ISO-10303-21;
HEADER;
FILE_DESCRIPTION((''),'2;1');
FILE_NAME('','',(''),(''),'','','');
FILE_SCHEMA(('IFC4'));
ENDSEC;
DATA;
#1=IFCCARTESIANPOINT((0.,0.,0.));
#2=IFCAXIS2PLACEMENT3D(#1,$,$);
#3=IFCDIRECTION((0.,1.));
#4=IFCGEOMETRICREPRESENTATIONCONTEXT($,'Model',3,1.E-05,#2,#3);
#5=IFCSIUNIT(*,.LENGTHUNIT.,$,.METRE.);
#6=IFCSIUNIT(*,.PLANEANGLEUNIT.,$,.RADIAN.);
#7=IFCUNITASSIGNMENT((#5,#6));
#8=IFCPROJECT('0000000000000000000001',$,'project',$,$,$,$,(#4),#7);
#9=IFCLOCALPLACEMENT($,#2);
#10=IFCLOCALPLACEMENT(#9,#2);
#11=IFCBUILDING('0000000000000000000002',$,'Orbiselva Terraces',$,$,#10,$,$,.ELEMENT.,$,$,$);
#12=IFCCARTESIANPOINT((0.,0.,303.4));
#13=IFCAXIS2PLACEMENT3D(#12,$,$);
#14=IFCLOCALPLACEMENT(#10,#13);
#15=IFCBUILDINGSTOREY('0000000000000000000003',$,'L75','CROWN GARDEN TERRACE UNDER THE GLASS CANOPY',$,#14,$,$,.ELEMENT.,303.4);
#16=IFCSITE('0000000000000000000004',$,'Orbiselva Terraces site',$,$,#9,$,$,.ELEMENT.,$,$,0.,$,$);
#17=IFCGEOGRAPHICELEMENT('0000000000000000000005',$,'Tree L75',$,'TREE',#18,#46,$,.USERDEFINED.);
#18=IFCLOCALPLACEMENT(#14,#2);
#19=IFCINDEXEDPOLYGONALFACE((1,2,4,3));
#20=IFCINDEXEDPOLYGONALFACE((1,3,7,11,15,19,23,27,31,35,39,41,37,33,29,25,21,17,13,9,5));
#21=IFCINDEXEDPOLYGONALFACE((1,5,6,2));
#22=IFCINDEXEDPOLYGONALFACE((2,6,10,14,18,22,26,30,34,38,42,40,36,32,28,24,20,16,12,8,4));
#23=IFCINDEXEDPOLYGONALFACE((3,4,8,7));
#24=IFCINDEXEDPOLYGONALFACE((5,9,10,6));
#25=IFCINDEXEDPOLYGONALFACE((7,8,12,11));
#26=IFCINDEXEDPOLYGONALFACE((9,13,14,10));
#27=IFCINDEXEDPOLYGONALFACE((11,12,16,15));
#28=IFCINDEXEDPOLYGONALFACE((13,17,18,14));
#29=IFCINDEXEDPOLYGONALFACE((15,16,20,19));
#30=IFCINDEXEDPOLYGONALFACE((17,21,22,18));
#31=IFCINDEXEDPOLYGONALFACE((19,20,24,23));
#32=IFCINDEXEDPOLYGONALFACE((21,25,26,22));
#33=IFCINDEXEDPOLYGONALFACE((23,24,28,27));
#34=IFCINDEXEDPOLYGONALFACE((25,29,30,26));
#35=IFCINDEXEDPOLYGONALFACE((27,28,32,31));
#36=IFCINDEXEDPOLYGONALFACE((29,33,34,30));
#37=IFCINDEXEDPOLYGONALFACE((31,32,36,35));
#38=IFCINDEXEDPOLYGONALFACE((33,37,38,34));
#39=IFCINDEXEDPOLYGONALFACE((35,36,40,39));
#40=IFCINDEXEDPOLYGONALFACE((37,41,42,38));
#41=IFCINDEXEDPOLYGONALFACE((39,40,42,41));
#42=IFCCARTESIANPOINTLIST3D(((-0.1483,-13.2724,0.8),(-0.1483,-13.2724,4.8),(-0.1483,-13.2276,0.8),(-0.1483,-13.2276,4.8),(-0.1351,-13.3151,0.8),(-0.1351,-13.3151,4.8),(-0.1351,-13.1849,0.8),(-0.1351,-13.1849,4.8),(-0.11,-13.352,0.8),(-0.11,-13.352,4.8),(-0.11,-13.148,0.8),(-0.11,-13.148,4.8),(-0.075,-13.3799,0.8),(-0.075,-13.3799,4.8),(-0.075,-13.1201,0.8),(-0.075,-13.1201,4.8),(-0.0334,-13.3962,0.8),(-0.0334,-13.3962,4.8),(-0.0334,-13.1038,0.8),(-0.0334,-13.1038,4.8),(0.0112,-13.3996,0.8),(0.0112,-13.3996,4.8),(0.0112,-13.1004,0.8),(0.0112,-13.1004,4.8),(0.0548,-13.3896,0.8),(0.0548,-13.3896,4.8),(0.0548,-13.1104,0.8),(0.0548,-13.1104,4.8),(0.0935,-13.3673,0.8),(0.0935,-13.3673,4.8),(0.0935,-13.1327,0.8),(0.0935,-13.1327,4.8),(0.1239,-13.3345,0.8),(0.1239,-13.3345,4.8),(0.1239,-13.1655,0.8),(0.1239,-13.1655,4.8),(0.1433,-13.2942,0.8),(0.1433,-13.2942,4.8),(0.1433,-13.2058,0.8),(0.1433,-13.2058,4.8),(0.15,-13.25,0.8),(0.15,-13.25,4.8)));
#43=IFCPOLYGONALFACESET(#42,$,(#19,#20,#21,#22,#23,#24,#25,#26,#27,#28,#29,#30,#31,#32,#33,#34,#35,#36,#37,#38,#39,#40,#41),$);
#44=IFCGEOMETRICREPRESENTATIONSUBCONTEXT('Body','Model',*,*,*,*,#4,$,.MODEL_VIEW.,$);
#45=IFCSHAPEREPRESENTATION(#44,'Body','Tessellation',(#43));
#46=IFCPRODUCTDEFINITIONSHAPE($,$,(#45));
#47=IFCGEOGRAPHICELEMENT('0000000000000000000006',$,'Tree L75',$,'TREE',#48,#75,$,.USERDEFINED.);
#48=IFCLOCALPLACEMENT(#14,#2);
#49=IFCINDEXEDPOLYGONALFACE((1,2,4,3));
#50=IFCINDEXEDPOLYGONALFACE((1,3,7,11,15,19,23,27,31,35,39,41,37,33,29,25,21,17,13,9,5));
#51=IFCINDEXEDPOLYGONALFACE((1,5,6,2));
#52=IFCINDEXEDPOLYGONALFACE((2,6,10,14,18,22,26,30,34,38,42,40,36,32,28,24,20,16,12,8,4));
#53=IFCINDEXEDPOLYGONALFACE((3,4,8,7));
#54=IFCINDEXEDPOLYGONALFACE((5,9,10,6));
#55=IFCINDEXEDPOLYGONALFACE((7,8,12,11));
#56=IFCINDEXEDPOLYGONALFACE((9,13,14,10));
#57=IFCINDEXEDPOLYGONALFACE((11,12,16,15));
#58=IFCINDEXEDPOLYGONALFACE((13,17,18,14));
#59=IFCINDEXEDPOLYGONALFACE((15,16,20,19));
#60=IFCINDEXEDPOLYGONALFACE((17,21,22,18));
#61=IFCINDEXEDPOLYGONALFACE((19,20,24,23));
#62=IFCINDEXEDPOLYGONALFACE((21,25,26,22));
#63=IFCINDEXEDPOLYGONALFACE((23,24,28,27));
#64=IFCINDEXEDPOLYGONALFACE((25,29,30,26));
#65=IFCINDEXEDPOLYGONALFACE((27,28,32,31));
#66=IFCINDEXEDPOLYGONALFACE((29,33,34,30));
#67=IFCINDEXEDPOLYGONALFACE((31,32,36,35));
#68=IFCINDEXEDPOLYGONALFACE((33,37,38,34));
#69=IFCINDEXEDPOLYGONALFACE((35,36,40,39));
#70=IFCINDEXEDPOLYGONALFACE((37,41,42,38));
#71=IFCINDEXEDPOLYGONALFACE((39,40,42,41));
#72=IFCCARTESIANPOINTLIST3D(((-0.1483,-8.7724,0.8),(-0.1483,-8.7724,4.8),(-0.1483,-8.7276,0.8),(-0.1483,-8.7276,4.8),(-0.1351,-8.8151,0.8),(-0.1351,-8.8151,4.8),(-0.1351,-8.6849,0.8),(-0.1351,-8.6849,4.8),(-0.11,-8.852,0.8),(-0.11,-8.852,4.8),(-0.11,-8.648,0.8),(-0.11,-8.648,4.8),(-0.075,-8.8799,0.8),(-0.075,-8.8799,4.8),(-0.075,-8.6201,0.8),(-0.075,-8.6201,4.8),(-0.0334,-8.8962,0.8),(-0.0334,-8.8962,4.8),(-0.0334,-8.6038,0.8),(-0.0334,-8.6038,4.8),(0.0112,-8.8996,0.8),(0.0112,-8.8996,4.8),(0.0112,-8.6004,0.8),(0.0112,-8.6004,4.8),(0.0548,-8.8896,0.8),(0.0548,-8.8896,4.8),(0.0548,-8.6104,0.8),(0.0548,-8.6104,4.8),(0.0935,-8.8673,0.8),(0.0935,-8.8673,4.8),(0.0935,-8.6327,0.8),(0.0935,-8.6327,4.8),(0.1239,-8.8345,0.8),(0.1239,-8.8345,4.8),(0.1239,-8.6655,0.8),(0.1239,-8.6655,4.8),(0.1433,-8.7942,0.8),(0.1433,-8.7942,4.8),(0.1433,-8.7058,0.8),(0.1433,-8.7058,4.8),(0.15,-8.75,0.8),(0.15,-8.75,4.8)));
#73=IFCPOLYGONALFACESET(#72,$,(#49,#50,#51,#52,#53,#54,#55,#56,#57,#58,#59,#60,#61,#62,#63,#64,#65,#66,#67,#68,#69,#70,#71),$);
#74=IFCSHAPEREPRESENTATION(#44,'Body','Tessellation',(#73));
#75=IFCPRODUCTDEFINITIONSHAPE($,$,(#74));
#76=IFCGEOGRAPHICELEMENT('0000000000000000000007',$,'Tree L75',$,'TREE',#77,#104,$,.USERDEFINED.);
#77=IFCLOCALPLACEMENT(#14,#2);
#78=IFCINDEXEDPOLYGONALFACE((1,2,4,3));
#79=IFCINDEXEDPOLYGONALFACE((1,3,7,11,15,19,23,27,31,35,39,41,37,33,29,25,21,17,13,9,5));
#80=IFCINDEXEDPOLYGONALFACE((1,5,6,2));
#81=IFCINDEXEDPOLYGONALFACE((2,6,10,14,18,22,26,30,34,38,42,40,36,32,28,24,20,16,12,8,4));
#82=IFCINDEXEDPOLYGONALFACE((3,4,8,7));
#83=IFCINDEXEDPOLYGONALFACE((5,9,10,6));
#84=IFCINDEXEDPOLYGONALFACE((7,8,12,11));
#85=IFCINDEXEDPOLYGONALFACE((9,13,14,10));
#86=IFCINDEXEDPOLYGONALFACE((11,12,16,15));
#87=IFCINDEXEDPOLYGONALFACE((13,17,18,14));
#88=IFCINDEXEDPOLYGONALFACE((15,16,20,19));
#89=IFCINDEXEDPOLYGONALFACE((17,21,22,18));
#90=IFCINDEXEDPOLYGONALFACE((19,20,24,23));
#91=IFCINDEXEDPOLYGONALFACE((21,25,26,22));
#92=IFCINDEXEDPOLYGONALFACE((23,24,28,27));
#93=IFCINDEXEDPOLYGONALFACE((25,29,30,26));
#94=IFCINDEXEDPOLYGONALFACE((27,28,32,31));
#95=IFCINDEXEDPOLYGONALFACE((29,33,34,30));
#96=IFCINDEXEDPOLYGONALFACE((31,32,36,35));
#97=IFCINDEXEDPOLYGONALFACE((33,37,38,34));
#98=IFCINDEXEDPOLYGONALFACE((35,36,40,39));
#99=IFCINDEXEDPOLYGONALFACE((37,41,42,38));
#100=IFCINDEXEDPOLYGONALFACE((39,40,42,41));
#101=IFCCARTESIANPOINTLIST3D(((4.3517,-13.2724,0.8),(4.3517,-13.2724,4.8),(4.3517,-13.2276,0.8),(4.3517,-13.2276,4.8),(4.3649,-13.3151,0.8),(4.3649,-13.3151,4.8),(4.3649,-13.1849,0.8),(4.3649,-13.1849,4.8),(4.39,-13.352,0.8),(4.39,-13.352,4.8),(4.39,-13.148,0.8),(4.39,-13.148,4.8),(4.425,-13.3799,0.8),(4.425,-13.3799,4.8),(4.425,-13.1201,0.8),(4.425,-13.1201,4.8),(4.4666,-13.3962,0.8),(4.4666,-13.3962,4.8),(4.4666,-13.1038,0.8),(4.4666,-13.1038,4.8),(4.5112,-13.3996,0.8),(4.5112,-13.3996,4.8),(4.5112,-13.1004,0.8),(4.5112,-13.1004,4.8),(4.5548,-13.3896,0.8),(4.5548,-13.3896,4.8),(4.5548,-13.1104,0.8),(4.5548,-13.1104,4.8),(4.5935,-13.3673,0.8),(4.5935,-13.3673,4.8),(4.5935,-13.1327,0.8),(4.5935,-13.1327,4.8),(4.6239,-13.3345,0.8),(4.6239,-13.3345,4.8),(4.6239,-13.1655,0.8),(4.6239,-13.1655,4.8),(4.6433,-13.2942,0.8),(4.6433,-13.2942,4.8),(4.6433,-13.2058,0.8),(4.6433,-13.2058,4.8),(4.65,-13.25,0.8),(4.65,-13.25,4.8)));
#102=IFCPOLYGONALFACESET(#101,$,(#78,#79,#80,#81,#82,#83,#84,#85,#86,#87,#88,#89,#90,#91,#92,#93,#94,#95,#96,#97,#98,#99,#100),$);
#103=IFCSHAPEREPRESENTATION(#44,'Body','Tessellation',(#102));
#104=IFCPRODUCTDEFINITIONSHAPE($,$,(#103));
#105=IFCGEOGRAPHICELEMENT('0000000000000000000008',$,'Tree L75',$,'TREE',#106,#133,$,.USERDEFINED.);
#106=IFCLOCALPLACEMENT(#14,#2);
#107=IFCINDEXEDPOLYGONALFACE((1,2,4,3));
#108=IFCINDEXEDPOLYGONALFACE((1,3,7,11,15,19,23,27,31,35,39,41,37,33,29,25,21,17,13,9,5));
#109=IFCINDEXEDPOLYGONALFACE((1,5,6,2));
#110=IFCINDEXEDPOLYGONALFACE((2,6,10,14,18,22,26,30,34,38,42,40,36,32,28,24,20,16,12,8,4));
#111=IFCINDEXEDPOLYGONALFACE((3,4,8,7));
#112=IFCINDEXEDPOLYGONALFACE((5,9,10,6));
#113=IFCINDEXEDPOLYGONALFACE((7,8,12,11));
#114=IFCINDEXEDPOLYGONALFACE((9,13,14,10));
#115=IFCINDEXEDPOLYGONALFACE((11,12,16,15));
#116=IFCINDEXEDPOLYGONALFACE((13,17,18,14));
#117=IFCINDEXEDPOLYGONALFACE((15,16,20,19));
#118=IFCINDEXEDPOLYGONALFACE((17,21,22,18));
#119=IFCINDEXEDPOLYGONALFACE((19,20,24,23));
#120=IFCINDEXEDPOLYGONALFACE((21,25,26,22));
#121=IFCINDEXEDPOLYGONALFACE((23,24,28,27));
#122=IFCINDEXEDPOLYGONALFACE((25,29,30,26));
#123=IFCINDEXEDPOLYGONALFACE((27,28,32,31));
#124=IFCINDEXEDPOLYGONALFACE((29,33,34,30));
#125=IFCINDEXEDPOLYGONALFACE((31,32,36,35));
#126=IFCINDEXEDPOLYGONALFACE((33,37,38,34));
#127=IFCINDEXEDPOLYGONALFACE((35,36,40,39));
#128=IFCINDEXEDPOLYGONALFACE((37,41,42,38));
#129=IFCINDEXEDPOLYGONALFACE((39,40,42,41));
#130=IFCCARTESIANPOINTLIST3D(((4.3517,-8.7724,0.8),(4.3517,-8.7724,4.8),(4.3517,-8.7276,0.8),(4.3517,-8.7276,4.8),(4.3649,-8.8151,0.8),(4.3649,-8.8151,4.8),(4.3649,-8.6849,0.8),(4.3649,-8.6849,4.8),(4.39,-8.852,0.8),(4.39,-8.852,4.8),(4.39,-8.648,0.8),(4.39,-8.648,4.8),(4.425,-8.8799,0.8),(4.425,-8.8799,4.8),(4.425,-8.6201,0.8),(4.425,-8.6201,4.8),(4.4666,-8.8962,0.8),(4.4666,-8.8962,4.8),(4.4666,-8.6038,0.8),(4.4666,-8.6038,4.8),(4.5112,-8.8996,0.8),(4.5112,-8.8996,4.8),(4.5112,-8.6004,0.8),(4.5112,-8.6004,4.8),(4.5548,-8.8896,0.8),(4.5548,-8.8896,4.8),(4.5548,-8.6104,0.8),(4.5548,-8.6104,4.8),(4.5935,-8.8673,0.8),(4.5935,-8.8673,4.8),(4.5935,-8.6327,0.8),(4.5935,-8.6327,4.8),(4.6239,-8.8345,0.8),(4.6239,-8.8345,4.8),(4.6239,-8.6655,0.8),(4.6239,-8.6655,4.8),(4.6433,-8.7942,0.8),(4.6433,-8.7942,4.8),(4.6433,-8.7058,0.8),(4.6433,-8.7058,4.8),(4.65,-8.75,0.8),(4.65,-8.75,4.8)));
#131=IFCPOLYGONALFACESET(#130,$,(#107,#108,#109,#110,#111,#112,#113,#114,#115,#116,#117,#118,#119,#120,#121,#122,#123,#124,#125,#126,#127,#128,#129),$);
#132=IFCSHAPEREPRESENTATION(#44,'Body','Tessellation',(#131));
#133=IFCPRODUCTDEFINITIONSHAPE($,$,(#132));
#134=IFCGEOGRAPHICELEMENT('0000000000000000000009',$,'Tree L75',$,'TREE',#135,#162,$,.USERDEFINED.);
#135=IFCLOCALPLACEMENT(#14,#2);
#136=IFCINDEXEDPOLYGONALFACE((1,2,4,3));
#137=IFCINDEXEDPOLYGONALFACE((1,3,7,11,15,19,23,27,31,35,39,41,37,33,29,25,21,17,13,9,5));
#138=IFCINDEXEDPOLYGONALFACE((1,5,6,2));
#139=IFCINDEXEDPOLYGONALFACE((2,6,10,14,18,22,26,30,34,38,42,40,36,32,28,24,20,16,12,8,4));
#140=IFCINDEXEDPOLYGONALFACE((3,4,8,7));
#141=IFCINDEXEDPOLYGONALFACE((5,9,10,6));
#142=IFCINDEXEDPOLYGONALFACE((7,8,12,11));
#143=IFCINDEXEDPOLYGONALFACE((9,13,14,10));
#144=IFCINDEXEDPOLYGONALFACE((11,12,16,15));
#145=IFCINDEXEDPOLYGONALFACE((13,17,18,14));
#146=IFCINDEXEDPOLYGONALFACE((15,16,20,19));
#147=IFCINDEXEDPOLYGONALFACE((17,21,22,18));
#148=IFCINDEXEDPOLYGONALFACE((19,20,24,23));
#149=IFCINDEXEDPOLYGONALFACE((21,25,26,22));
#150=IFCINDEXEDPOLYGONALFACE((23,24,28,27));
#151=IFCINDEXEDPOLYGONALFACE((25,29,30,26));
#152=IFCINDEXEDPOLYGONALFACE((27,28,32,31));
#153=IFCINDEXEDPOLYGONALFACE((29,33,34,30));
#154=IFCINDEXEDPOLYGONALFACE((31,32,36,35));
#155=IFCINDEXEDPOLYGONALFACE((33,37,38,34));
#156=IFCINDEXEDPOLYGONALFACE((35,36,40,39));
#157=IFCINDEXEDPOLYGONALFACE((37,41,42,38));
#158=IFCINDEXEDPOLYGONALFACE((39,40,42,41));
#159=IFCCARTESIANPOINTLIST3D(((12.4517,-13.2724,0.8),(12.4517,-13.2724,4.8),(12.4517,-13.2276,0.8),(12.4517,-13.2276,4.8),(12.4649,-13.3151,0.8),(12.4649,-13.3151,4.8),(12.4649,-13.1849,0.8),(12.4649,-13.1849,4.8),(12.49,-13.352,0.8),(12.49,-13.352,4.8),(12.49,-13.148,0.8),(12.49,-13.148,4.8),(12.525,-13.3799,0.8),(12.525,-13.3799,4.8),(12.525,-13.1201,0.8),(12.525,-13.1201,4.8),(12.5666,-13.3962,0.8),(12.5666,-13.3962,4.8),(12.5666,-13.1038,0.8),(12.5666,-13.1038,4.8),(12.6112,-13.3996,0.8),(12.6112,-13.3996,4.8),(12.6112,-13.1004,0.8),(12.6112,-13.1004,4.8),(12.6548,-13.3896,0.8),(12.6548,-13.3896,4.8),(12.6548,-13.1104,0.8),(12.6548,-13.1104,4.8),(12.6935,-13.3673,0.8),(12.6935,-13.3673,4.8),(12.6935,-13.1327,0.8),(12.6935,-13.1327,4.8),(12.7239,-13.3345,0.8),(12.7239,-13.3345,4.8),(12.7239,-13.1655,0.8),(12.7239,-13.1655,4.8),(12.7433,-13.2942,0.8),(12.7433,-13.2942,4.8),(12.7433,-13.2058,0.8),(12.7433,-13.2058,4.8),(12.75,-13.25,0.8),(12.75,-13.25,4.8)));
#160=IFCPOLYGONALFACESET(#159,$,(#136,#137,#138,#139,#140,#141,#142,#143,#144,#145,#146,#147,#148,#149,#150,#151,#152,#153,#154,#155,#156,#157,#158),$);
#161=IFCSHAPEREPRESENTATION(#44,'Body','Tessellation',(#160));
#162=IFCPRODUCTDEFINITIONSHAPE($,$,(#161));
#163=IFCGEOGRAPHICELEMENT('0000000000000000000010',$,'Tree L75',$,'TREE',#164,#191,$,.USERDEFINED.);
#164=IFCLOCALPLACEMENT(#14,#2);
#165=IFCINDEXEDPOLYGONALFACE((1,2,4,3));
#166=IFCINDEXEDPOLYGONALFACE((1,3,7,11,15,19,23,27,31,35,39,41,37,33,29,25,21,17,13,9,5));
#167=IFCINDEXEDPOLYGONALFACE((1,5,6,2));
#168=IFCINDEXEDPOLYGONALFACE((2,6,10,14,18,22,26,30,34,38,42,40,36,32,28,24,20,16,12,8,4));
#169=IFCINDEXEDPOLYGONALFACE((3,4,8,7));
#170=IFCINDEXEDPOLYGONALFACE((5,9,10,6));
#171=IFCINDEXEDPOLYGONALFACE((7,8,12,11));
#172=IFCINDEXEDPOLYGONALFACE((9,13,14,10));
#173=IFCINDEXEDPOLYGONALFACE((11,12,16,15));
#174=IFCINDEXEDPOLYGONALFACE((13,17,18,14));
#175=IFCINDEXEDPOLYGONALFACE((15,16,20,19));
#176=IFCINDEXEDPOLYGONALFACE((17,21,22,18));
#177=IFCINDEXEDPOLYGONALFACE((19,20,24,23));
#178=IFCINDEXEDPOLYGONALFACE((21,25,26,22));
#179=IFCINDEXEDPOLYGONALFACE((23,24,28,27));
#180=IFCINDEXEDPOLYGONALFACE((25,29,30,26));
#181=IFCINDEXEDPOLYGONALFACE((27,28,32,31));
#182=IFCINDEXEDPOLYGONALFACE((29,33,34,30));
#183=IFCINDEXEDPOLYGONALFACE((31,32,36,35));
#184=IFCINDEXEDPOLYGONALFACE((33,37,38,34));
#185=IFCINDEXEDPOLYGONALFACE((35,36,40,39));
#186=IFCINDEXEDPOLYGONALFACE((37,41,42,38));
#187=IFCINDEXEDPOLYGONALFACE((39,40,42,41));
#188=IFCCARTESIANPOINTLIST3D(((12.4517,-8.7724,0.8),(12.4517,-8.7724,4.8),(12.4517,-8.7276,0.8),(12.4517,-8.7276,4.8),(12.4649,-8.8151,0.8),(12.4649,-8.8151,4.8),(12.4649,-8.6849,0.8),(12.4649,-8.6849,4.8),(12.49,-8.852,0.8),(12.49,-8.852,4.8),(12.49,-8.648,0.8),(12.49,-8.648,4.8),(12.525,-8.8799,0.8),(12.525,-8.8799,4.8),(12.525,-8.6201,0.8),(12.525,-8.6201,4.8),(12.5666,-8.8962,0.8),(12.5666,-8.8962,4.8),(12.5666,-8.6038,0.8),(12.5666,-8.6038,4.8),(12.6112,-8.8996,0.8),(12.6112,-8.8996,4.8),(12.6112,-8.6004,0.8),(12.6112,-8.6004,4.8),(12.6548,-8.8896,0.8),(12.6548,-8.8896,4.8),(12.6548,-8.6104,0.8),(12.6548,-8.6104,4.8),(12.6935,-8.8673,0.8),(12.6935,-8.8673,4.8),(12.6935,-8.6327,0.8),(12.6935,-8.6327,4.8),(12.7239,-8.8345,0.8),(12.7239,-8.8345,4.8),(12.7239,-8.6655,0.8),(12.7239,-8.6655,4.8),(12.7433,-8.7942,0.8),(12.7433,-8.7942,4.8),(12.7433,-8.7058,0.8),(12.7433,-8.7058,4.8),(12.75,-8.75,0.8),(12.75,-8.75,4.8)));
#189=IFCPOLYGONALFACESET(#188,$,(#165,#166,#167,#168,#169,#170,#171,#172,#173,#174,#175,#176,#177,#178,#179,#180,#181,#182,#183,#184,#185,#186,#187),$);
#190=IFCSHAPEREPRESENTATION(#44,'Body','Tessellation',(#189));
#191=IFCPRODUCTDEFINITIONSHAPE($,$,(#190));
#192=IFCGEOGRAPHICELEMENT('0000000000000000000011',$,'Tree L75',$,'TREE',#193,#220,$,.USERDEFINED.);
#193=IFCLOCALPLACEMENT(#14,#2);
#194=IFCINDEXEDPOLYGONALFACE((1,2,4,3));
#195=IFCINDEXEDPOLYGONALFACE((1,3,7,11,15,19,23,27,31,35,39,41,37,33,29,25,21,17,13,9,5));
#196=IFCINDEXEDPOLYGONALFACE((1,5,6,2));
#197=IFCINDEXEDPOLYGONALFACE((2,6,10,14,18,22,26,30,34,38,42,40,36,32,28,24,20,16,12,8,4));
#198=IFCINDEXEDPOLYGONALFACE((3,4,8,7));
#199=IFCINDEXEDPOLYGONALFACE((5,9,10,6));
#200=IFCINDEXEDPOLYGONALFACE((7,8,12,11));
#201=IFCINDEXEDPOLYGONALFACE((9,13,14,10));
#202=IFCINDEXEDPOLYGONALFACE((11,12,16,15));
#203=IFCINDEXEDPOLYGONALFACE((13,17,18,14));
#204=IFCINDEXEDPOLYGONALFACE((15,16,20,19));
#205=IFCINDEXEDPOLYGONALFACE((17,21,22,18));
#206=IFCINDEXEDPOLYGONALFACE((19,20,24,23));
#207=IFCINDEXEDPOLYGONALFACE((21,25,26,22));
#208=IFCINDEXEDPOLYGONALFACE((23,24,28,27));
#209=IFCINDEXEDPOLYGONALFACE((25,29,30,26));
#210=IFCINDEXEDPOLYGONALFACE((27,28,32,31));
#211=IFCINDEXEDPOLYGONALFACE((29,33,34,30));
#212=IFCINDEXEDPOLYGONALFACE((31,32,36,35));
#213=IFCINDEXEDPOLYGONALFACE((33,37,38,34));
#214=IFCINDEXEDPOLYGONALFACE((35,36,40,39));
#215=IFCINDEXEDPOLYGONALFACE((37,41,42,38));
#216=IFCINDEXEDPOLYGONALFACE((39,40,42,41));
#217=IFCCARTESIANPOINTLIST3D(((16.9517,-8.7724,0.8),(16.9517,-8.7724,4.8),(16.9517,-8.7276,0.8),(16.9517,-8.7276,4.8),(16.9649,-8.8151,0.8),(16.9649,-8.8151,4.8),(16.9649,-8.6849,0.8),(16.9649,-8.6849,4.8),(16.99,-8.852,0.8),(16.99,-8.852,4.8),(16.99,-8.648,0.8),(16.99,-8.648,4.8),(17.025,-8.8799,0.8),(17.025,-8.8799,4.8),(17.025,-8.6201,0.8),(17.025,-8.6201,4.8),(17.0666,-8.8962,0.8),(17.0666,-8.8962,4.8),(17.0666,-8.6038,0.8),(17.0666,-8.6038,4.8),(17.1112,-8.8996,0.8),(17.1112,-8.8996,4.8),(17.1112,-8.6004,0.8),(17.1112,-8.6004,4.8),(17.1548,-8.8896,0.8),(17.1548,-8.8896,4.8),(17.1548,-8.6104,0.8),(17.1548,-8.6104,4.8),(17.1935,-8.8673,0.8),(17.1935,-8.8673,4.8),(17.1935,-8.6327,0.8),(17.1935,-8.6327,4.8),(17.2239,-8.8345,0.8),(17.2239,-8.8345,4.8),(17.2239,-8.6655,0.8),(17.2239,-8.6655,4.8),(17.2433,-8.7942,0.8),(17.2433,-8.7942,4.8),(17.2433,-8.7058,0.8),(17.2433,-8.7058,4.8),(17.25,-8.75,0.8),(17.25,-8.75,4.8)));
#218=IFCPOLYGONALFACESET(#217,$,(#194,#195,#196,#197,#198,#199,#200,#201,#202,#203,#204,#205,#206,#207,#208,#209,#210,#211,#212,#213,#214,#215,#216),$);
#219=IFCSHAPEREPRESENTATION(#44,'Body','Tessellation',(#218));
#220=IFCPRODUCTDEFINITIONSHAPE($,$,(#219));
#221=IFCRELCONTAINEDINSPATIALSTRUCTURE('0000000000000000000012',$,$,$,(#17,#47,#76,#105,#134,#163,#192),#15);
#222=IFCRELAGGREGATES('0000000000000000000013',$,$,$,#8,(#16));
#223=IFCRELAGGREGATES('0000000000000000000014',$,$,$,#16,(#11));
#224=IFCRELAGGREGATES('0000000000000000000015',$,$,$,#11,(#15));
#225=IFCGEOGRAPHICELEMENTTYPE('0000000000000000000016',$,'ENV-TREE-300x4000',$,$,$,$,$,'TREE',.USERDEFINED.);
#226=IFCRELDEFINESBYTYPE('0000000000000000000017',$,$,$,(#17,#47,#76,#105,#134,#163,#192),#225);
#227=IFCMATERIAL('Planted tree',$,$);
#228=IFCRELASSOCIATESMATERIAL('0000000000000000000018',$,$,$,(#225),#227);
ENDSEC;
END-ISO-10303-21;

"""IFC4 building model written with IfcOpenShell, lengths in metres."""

from ifc_helpers import new_model, si_unit, direction, frame, origin, origin_2d, place, context, subcontext, project, spatial, circle, extrude, material, type_object, element, save


model = new_model("IFC4")

# Units and contexts
model_context = context("Model", 3, precision=1e-05, world=origin(), true_north=direction((0.0, 1.0)))
body_context = subcontext(model_context, "Body", "Model", "MODEL_VIEW")
ifc_project = project(units=[si_unit("LENGTHUNIT", "METRE"), si_unit("PLANEANGLEUNIT", "RADIAN")], contexts=[model_context])

# Site, building, storey
site_placement = place(None, origin())
site = spatial("IfcSite", under=ifc_project, at=site_placement, Name="Orbiselva Terraces site", CompositionType="ELEMENT", RefElevation=0.0)
building_placement = place(site_placement, origin())
building = spatial("IfcBuilding", under=site, at=building_placement, Name="Orbiselva Terraces", CompositionType="ELEMENT")
storey_placement = place(building_placement, frame((0.0, 0.0, 303.4)))
storey = spatial("IfcBuildingStorey", under=building, at=storey_placement, Name="L75", Description="CROWN GARDEN TERRACE UNDER THE GLASS CANOPY", CompositionType="ELEMENT", Elevation=303.4)

# Geographic elements
ifc_material_1 = material(Name="Planted tree")
geographic_element_type = type_object("IfcGeographicElementType", Name="ENV-TREE-300x4000", ElementType="TREE", PredefinedType="USERDEFINED", material=ifc_material_1)
for number, where, z_axis, x_axis, name in (
    (1, (0.0, -13.25, 4.8), (0.0, 0.0, -1.0), (1.0, 0.0, 0.0), "Tree L75"),
    (2, (0.0, -8.75, 4.8), (0.0, 0.0, -1.0), (1.0, 0.0, 0.0), "Tree L75"),
    (3, (4.5, -13.25, 4.8), (0.0, 0.0, -1.0), (1.0, 0.0, 0.0), "Tree L75"),
    (4, (4.5, -8.75, 4.8), (0.0, 0.0, -1.0), (1.0, 0.0, 0.0), "Tree L75"),
    (5, (12.6, -13.25, 4.8), (0.0, 0.0, -1.0), (1.0, 0.0, 0.0), "Tree L75"),
    (6, (12.6, -8.75, 4.8), (0.0, 0.0, -1.0), (1.0, 0.0, 0.0), "Tree L75"),
    (7, (17.1, -8.75, 4.8), (0.0, 0.0, -1.0), (1.0, 0.0, 0.0), "Tree L75"),
):
    element("IfcGeographicElement", number, at=place(storey_placement, frame(where, z_axis=z_axis, x_axis=x_axis)), inside=storey, type_object=geographic_element_type, Name=name, ObjectType="TREE", PredefinedType="USERDEFINED", context=body_context, shape_type="SweptSolid", body=[
        extrude(circle(Radius=0.15, at=origin_2d()), origin(), (0.0, 0.0, 1.0), 4.0),
    ])

save(model, "model.ifc")
